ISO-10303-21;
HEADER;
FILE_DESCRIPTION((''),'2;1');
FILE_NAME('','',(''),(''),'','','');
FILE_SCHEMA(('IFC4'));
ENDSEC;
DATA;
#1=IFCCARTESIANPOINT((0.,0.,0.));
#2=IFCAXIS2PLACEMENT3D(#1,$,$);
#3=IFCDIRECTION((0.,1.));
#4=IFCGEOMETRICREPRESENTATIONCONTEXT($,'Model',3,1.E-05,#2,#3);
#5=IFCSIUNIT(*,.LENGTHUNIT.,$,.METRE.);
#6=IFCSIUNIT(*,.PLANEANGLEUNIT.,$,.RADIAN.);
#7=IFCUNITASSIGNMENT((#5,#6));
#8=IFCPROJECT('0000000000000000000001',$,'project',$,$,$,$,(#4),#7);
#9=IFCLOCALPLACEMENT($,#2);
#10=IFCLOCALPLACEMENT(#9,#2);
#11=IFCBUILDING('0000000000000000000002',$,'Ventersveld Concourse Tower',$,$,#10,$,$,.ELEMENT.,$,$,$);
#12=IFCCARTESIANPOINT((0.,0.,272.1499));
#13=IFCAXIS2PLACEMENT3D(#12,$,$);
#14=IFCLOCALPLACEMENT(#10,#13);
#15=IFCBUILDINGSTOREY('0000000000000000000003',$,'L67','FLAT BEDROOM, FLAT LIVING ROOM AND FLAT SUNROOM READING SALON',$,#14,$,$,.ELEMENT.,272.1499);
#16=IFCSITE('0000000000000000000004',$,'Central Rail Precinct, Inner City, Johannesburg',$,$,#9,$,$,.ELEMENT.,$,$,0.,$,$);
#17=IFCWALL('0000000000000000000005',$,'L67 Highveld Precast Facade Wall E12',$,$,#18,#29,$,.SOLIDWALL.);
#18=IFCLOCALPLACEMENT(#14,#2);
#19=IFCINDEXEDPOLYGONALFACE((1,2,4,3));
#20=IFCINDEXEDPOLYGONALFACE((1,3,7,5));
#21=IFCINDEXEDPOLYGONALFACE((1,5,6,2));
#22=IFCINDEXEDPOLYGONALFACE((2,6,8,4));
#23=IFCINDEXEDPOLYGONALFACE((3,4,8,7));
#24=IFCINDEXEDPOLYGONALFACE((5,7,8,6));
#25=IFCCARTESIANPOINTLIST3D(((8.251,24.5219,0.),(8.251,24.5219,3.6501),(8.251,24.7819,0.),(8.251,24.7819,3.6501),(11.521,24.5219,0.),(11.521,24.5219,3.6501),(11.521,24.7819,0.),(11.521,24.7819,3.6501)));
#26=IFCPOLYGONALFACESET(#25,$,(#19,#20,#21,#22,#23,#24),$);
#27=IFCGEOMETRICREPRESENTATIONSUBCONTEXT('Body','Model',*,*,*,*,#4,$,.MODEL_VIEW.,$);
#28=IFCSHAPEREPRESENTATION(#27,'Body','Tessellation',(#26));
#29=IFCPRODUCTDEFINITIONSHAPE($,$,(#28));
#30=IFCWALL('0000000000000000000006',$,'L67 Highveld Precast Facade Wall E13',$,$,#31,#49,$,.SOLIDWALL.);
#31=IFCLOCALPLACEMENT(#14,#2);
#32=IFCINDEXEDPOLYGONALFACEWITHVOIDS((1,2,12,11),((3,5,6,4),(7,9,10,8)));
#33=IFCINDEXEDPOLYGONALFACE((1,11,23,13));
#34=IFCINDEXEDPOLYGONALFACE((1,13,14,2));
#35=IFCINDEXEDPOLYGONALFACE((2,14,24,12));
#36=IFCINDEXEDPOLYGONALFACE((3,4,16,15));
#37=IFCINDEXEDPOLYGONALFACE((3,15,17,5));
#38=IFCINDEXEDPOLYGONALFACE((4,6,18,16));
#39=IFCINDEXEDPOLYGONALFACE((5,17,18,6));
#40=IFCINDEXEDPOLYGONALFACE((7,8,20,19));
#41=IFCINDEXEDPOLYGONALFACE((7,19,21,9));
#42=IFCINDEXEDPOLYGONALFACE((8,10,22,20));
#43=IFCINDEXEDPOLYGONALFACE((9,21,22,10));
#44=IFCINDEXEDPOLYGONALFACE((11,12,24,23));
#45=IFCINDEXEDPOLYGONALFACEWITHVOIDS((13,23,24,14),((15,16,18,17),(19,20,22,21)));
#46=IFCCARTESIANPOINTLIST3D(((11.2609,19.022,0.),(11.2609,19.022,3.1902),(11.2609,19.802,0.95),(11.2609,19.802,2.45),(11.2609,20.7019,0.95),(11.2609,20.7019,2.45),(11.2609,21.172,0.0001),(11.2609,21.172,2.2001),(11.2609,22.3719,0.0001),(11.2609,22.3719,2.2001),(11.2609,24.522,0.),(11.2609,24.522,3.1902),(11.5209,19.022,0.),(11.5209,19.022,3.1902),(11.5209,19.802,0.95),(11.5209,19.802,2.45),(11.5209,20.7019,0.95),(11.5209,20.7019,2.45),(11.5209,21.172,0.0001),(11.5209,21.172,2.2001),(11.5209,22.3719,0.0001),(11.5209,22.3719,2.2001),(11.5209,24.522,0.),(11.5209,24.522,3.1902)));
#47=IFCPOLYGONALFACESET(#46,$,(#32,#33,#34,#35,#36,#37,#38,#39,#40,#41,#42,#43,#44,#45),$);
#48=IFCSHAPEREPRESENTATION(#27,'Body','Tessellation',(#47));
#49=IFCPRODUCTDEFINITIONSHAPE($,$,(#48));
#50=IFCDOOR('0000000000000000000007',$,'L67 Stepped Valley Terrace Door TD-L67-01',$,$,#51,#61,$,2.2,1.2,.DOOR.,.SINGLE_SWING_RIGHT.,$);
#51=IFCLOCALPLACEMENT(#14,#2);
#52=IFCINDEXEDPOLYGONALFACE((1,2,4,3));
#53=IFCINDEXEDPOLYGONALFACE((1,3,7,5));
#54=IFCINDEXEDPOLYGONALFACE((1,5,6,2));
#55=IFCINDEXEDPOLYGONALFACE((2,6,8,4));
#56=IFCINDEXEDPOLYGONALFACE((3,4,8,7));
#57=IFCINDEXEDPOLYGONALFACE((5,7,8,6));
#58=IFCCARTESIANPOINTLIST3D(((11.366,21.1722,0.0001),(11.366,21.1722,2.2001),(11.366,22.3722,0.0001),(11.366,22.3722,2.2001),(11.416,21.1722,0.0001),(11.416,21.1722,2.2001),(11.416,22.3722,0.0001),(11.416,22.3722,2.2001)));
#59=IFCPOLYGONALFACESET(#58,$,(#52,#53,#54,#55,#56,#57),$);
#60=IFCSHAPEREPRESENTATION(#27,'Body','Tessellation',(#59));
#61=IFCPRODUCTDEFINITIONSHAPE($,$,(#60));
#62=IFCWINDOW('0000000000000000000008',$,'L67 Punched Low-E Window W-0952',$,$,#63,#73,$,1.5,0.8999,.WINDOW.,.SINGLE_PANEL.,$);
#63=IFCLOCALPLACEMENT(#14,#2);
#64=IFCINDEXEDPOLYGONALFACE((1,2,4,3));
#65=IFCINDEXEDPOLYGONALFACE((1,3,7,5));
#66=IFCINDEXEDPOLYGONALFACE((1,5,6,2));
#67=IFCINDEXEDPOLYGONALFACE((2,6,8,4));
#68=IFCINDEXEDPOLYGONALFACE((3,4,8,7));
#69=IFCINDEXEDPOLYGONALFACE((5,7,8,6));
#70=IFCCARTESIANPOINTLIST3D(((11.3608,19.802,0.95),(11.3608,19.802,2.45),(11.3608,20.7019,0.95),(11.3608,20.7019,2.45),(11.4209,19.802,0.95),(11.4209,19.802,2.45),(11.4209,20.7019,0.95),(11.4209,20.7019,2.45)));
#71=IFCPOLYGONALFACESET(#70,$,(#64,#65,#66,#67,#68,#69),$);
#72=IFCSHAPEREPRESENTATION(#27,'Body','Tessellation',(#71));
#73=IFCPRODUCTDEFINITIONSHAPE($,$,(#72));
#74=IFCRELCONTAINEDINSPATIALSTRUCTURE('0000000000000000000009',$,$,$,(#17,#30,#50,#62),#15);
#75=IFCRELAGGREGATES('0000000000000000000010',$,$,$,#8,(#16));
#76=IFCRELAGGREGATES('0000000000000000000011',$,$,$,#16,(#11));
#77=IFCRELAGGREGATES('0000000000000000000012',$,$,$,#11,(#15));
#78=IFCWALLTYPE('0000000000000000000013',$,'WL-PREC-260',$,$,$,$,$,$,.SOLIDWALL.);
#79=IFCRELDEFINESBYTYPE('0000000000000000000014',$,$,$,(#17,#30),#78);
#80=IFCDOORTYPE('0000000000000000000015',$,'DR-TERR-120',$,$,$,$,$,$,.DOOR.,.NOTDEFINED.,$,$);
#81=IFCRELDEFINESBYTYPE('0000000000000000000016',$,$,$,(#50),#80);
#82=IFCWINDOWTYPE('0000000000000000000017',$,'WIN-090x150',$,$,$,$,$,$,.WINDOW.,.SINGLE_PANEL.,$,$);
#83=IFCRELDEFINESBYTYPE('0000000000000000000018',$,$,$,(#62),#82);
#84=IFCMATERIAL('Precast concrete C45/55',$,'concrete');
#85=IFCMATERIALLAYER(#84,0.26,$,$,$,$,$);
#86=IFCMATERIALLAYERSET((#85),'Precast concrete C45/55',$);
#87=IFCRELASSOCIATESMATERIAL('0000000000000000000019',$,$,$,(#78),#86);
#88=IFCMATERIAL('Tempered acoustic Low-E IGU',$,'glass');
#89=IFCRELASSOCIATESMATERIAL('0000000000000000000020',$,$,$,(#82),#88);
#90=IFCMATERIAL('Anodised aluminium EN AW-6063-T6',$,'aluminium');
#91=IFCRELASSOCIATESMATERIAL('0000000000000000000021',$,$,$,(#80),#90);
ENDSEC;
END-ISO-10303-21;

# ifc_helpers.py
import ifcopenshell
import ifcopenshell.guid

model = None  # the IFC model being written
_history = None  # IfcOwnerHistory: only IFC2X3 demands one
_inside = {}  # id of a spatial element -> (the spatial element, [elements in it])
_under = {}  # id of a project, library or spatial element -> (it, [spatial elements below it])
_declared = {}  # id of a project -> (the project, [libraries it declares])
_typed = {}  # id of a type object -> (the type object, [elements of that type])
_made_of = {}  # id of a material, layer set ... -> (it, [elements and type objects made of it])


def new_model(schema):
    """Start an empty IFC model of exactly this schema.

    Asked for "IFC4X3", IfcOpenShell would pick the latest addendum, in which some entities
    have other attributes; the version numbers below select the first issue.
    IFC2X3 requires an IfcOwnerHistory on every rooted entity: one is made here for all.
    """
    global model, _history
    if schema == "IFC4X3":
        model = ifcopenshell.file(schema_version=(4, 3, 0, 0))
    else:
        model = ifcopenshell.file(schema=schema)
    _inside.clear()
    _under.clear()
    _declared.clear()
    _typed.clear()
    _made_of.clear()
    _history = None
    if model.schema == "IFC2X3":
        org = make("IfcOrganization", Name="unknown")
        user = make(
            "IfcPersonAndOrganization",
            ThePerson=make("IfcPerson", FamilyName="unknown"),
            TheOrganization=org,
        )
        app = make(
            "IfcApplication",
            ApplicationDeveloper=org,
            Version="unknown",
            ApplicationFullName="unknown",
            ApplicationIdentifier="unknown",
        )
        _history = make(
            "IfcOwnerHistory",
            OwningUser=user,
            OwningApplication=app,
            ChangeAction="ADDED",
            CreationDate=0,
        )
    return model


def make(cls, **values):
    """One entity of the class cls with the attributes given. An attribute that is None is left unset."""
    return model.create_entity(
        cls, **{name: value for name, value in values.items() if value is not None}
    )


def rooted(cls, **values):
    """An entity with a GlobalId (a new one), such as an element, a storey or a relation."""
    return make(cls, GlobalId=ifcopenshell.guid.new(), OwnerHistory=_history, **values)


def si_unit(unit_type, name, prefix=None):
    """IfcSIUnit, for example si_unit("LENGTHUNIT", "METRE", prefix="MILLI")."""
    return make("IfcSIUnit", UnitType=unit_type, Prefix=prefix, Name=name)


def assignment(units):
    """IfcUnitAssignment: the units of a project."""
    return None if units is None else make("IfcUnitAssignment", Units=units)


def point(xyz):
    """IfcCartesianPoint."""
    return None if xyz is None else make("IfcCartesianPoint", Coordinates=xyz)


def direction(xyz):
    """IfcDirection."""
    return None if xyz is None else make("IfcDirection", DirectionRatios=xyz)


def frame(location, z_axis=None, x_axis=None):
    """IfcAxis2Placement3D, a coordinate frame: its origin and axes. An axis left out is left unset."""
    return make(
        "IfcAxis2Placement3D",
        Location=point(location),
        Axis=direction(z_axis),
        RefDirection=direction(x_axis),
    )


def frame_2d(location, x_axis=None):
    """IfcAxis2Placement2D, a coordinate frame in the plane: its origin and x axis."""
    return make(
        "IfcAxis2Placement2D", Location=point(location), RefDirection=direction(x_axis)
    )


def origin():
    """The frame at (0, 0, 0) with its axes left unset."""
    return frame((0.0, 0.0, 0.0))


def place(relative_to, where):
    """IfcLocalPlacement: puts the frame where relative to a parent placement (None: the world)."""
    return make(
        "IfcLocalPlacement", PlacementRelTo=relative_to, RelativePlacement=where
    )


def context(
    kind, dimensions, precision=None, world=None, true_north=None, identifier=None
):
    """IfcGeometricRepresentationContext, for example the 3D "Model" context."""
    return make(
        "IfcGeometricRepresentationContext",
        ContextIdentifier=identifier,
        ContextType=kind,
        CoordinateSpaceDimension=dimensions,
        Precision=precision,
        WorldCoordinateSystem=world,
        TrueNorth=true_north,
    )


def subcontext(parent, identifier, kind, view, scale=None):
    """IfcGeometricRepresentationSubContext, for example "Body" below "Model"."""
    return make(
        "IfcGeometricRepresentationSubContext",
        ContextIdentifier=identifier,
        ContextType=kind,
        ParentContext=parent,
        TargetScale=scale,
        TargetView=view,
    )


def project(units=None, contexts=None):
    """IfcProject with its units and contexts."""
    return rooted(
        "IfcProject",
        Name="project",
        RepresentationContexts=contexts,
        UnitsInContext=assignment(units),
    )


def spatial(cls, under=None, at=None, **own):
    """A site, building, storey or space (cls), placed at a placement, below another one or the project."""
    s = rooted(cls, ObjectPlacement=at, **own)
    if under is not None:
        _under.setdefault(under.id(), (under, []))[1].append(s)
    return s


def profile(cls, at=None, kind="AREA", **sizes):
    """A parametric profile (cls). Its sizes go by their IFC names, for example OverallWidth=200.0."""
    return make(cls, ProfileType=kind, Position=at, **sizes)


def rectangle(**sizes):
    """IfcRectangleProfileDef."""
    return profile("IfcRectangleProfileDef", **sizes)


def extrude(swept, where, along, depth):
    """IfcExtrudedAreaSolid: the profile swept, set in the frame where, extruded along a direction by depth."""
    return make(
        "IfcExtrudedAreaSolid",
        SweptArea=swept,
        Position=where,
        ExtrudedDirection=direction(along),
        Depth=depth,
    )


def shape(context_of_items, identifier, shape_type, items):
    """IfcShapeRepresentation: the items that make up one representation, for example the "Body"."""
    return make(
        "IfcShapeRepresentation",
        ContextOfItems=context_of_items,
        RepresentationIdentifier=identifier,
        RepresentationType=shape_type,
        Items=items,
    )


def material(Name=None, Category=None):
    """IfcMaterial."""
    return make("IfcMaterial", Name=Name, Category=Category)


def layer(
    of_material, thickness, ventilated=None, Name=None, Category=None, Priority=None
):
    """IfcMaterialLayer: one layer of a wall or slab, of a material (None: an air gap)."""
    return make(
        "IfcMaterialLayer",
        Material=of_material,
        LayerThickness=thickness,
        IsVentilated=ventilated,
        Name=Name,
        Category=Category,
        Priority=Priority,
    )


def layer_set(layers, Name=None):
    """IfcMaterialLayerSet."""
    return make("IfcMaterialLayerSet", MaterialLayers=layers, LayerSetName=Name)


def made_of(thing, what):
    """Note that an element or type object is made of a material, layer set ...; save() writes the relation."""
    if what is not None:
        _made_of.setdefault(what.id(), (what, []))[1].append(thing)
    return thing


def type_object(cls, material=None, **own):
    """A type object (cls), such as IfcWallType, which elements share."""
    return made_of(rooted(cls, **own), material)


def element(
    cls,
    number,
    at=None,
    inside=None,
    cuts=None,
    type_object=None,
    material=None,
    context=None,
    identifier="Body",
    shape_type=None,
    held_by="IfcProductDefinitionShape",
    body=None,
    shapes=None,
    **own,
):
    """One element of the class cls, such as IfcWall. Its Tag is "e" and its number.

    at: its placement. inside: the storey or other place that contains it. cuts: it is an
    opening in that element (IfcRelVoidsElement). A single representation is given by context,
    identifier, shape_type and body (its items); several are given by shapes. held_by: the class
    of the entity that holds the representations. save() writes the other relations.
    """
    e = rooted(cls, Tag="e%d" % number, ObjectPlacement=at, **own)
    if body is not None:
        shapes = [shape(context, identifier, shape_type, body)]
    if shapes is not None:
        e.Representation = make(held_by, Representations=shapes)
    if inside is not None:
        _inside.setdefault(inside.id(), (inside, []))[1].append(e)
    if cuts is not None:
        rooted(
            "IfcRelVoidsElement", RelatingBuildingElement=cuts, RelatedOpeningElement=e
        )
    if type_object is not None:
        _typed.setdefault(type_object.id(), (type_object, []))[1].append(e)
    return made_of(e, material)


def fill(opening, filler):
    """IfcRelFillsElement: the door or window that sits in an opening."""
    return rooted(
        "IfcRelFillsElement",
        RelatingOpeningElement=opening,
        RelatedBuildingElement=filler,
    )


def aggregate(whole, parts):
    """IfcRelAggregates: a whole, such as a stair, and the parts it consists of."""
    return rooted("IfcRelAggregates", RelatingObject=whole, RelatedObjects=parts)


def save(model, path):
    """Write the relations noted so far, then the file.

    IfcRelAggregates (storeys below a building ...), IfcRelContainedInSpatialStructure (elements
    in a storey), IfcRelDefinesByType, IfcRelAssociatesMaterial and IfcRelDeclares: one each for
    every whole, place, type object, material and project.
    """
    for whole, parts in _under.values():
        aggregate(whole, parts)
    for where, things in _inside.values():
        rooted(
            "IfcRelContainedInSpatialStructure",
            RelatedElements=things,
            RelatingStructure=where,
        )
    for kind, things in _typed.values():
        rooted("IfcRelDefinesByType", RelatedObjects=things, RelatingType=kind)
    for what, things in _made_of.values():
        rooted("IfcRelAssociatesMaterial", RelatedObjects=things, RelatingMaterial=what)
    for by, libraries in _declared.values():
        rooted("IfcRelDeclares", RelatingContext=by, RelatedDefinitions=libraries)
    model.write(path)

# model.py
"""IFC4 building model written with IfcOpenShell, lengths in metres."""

from ifc_helpers import new_model, si_unit, direction, frame, frame_2d, origin, place, context, subcontext, project, spatial, rectangle, extrude, material, layer, layer_set, type_object, element, fill, save


model = new_model("IFC4")

# Units and contexts
model_context = context("Model", 3, precision=1e-05, world=origin(), true_north=direction((0.0, 1.0)))
body_context = subcontext(model_context, "Body", "Model", "MODEL_VIEW")
ifc_project = project(units=[si_unit("LENGTHUNIT", "METRE"), si_unit("PLANEANGLEUNIT", "RADIAN")], contexts=[model_context])

# Site, building, storey
site_placement = place(None, origin())
site = spatial("IfcSite", under=ifc_project, at=site_placement, Name="Central Rail Precinct, Inner City, Johannesburg", CompositionType="ELEMENT", RefElevation=0.0)
building_placement = place(site_placement, origin())
building = spatial("IfcBuilding", under=site, at=building_placement, Name="Ventersveld Concourse Tower", CompositionType="ELEMENT")
storey_placement = place(building_placement, frame((0.0, 0.0, 272.1499)))
storey = spatial("IfcBuildingStorey", under=building, at=storey_placement, Name="L67", Description="FLAT BEDROOM, FLAT LIVING ROOM AND FLAT SUNROOM READING SALON", CompositionType="ELEMENT", Elevation=272.1499)

# Shared definitions
ifc_material_1 = material(Name="Precast concrete C45/55", Category="concrete")
ifc_layer_1 = layer(ifc_material_1, 0.26)
ifc_layer_set_1 = layer_set([ifc_layer_1], Name="Precast concrete C45/55")
wall_type_1 = type_object("IfcWallType", Name="WL-PREC-260", PredefinedType="SOLIDWALL", material=ifc_layer_set_1)

# Shared definitions
ifc_material_2 = material(Name="Tempered acoustic Low-E IGU", Category="glass")
window_type = type_object("IfcWindowType", Name="WIN-090x150", PartitioningType="SINGLE_PANEL", PredefinedType="WINDOW", material=ifc_material_2)

# Wall
wall_1_placement = place(storey_placement, frame((8.251, 24.6519, 0.0), z_axis=(0.0, 0.0, 1.0), x_axis=(1.0, 0.0, 0.0)))
element("IfcWall", 1, at=wall_1_placement, inside=storey, type_object=wall_type_1, Name="L67 Highveld Precast Facade Wall E12", PredefinedType="SOLIDWALL", context=body_context, shape_type="SweptSolid", body=[
    extrude(rectangle(XDim=3.27, YDim=0.26, at=frame_2d((1.635, 0.0))), origin(), (0.0, 0.0, 1.0), 3.6501),
])

# Wall, openings, door, window
wall_2_placement = place(storey_placement, frame((11.3909, 24.522, 0.0), z_axis=(0.0, 0.0, 1.0), x_axis=(0.0, -1.0, 0.0)))
wall_2 = element("IfcWall", 2, at=wall_2_placement, inside=storey, type_object=wall_type_1, Name="L67 Highveld Precast Facade Wall E13", PredefinedType="SOLIDWALL", context=body_context, shape_type="SweptSolid", body=[
    extrude(rectangle(XDim=5.5, YDim=0.26, at=frame_2d((2.75, 0.0))), origin(), (0.0, 0.0, 1.0), 3.1902),
])
opening_1_placement = place(wall_2_placement, frame((2.1499, 0.0, 0.0)))
opening_1 = element("IfcOpeningElement", 3, at=opening_1_placement, cuts=wall_2, PredefinedType="OPENING", context=body_context, shape_type="SweptSolid", body=[
    extrude(rectangle(XDim=1.2, YDim=2.2, at=frame_2d((0.6001, 1.1001))), frame((0.0, 0.1401, 0.0), z_axis=(0.0, -1.0, 0.0), x_axis=(1.0, 0.0, 0.0)), (0.0, 0.0, 1.0), 0.28),
])
opening_2_placement = place(wall_2_placement, frame((3.8201, 0.0, 0.95)))
opening_2 = element("IfcOpeningElement", 4, at=opening_2_placement, cuts=wall_2, PredefinedType="OPENING", context=body_context, shape_type="SweptSolid", body=[
    extrude(rectangle(XDim=0.8999, YDim=1.5, at=frame_2d((0.45, 0.75))), frame((0.0, 0.1401, 0.0), z_axis=(0.0, -1.0, 0.0), x_axis=(1.0, 0.0, 0.0)), (0.0, 0.0, 1.0), 0.28),
])
ifc_material_3 = material(Name="Anodised aluminium EN AW-6063-T6", Category="aluminium")
door_type_1 = type_object("IfcDoorType", Name="DR-TERR-120", OperationType="NOTDEFINED", PredefinedType="DOOR", material=ifc_material_3)
door_1_placement = place(opening_1_placement, frame((1.2, 0.0, 0.0), z_axis=(0.0, 0.0, 1.0), x_axis=(-1.0, 0.0, 0.0)))
door_1 = element("IfcDoor", 5, at=door_1_placement, inside=storey, type_object=door_type_1, Name="L67 Stepped Valley Terrace Door TD-L67-01", OperationType="SINGLE_SWING_RIGHT", OverallHeight=2.2, OverallWidth=1.2, PredefinedType="DOOR", context=body_context, shape_type="SweptSolid", body=[
    extrude(rectangle(XDim=1.2, YDim=2.2, at=frame_2d((0.6001, 1.1001))), frame((0.0, 0.0249, 0.0), z_axis=(0.0, -1.0, 0.0), x_axis=(1.0, 0.0, 0.0)), (0.0, 0.0, 1.0), 0.05),
])
fill(opening_1, door_1)
window_1_placement = place(opening_2_placement, origin())
window_1 = element("IfcWindow", 6, at=window_1_placement, inside=storey, type_object=window_type, Name="L67 Punched Low-E Window W-0952", OverallHeight=1.5, OverallWidth=0.8999, PartitioningType="SINGLE_PANEL", PredefinedType="WINDOW", context=body_context, shape_type="SweptSolid", body=[
    extrude(rectangle(XDim=0.8999, YDim=1.5, at=frame_2d((0.45, 0.75))), frame((0.0, 0.03, 0.0), z_axis=(0.0, -1.0, 0.0), x_axis=(1.0, 0.0, 0.0)), (0.0, 0.0, 1.0), 0.0601),
])
fill(opening_2, window_1)

save(model, "model.ifc")
